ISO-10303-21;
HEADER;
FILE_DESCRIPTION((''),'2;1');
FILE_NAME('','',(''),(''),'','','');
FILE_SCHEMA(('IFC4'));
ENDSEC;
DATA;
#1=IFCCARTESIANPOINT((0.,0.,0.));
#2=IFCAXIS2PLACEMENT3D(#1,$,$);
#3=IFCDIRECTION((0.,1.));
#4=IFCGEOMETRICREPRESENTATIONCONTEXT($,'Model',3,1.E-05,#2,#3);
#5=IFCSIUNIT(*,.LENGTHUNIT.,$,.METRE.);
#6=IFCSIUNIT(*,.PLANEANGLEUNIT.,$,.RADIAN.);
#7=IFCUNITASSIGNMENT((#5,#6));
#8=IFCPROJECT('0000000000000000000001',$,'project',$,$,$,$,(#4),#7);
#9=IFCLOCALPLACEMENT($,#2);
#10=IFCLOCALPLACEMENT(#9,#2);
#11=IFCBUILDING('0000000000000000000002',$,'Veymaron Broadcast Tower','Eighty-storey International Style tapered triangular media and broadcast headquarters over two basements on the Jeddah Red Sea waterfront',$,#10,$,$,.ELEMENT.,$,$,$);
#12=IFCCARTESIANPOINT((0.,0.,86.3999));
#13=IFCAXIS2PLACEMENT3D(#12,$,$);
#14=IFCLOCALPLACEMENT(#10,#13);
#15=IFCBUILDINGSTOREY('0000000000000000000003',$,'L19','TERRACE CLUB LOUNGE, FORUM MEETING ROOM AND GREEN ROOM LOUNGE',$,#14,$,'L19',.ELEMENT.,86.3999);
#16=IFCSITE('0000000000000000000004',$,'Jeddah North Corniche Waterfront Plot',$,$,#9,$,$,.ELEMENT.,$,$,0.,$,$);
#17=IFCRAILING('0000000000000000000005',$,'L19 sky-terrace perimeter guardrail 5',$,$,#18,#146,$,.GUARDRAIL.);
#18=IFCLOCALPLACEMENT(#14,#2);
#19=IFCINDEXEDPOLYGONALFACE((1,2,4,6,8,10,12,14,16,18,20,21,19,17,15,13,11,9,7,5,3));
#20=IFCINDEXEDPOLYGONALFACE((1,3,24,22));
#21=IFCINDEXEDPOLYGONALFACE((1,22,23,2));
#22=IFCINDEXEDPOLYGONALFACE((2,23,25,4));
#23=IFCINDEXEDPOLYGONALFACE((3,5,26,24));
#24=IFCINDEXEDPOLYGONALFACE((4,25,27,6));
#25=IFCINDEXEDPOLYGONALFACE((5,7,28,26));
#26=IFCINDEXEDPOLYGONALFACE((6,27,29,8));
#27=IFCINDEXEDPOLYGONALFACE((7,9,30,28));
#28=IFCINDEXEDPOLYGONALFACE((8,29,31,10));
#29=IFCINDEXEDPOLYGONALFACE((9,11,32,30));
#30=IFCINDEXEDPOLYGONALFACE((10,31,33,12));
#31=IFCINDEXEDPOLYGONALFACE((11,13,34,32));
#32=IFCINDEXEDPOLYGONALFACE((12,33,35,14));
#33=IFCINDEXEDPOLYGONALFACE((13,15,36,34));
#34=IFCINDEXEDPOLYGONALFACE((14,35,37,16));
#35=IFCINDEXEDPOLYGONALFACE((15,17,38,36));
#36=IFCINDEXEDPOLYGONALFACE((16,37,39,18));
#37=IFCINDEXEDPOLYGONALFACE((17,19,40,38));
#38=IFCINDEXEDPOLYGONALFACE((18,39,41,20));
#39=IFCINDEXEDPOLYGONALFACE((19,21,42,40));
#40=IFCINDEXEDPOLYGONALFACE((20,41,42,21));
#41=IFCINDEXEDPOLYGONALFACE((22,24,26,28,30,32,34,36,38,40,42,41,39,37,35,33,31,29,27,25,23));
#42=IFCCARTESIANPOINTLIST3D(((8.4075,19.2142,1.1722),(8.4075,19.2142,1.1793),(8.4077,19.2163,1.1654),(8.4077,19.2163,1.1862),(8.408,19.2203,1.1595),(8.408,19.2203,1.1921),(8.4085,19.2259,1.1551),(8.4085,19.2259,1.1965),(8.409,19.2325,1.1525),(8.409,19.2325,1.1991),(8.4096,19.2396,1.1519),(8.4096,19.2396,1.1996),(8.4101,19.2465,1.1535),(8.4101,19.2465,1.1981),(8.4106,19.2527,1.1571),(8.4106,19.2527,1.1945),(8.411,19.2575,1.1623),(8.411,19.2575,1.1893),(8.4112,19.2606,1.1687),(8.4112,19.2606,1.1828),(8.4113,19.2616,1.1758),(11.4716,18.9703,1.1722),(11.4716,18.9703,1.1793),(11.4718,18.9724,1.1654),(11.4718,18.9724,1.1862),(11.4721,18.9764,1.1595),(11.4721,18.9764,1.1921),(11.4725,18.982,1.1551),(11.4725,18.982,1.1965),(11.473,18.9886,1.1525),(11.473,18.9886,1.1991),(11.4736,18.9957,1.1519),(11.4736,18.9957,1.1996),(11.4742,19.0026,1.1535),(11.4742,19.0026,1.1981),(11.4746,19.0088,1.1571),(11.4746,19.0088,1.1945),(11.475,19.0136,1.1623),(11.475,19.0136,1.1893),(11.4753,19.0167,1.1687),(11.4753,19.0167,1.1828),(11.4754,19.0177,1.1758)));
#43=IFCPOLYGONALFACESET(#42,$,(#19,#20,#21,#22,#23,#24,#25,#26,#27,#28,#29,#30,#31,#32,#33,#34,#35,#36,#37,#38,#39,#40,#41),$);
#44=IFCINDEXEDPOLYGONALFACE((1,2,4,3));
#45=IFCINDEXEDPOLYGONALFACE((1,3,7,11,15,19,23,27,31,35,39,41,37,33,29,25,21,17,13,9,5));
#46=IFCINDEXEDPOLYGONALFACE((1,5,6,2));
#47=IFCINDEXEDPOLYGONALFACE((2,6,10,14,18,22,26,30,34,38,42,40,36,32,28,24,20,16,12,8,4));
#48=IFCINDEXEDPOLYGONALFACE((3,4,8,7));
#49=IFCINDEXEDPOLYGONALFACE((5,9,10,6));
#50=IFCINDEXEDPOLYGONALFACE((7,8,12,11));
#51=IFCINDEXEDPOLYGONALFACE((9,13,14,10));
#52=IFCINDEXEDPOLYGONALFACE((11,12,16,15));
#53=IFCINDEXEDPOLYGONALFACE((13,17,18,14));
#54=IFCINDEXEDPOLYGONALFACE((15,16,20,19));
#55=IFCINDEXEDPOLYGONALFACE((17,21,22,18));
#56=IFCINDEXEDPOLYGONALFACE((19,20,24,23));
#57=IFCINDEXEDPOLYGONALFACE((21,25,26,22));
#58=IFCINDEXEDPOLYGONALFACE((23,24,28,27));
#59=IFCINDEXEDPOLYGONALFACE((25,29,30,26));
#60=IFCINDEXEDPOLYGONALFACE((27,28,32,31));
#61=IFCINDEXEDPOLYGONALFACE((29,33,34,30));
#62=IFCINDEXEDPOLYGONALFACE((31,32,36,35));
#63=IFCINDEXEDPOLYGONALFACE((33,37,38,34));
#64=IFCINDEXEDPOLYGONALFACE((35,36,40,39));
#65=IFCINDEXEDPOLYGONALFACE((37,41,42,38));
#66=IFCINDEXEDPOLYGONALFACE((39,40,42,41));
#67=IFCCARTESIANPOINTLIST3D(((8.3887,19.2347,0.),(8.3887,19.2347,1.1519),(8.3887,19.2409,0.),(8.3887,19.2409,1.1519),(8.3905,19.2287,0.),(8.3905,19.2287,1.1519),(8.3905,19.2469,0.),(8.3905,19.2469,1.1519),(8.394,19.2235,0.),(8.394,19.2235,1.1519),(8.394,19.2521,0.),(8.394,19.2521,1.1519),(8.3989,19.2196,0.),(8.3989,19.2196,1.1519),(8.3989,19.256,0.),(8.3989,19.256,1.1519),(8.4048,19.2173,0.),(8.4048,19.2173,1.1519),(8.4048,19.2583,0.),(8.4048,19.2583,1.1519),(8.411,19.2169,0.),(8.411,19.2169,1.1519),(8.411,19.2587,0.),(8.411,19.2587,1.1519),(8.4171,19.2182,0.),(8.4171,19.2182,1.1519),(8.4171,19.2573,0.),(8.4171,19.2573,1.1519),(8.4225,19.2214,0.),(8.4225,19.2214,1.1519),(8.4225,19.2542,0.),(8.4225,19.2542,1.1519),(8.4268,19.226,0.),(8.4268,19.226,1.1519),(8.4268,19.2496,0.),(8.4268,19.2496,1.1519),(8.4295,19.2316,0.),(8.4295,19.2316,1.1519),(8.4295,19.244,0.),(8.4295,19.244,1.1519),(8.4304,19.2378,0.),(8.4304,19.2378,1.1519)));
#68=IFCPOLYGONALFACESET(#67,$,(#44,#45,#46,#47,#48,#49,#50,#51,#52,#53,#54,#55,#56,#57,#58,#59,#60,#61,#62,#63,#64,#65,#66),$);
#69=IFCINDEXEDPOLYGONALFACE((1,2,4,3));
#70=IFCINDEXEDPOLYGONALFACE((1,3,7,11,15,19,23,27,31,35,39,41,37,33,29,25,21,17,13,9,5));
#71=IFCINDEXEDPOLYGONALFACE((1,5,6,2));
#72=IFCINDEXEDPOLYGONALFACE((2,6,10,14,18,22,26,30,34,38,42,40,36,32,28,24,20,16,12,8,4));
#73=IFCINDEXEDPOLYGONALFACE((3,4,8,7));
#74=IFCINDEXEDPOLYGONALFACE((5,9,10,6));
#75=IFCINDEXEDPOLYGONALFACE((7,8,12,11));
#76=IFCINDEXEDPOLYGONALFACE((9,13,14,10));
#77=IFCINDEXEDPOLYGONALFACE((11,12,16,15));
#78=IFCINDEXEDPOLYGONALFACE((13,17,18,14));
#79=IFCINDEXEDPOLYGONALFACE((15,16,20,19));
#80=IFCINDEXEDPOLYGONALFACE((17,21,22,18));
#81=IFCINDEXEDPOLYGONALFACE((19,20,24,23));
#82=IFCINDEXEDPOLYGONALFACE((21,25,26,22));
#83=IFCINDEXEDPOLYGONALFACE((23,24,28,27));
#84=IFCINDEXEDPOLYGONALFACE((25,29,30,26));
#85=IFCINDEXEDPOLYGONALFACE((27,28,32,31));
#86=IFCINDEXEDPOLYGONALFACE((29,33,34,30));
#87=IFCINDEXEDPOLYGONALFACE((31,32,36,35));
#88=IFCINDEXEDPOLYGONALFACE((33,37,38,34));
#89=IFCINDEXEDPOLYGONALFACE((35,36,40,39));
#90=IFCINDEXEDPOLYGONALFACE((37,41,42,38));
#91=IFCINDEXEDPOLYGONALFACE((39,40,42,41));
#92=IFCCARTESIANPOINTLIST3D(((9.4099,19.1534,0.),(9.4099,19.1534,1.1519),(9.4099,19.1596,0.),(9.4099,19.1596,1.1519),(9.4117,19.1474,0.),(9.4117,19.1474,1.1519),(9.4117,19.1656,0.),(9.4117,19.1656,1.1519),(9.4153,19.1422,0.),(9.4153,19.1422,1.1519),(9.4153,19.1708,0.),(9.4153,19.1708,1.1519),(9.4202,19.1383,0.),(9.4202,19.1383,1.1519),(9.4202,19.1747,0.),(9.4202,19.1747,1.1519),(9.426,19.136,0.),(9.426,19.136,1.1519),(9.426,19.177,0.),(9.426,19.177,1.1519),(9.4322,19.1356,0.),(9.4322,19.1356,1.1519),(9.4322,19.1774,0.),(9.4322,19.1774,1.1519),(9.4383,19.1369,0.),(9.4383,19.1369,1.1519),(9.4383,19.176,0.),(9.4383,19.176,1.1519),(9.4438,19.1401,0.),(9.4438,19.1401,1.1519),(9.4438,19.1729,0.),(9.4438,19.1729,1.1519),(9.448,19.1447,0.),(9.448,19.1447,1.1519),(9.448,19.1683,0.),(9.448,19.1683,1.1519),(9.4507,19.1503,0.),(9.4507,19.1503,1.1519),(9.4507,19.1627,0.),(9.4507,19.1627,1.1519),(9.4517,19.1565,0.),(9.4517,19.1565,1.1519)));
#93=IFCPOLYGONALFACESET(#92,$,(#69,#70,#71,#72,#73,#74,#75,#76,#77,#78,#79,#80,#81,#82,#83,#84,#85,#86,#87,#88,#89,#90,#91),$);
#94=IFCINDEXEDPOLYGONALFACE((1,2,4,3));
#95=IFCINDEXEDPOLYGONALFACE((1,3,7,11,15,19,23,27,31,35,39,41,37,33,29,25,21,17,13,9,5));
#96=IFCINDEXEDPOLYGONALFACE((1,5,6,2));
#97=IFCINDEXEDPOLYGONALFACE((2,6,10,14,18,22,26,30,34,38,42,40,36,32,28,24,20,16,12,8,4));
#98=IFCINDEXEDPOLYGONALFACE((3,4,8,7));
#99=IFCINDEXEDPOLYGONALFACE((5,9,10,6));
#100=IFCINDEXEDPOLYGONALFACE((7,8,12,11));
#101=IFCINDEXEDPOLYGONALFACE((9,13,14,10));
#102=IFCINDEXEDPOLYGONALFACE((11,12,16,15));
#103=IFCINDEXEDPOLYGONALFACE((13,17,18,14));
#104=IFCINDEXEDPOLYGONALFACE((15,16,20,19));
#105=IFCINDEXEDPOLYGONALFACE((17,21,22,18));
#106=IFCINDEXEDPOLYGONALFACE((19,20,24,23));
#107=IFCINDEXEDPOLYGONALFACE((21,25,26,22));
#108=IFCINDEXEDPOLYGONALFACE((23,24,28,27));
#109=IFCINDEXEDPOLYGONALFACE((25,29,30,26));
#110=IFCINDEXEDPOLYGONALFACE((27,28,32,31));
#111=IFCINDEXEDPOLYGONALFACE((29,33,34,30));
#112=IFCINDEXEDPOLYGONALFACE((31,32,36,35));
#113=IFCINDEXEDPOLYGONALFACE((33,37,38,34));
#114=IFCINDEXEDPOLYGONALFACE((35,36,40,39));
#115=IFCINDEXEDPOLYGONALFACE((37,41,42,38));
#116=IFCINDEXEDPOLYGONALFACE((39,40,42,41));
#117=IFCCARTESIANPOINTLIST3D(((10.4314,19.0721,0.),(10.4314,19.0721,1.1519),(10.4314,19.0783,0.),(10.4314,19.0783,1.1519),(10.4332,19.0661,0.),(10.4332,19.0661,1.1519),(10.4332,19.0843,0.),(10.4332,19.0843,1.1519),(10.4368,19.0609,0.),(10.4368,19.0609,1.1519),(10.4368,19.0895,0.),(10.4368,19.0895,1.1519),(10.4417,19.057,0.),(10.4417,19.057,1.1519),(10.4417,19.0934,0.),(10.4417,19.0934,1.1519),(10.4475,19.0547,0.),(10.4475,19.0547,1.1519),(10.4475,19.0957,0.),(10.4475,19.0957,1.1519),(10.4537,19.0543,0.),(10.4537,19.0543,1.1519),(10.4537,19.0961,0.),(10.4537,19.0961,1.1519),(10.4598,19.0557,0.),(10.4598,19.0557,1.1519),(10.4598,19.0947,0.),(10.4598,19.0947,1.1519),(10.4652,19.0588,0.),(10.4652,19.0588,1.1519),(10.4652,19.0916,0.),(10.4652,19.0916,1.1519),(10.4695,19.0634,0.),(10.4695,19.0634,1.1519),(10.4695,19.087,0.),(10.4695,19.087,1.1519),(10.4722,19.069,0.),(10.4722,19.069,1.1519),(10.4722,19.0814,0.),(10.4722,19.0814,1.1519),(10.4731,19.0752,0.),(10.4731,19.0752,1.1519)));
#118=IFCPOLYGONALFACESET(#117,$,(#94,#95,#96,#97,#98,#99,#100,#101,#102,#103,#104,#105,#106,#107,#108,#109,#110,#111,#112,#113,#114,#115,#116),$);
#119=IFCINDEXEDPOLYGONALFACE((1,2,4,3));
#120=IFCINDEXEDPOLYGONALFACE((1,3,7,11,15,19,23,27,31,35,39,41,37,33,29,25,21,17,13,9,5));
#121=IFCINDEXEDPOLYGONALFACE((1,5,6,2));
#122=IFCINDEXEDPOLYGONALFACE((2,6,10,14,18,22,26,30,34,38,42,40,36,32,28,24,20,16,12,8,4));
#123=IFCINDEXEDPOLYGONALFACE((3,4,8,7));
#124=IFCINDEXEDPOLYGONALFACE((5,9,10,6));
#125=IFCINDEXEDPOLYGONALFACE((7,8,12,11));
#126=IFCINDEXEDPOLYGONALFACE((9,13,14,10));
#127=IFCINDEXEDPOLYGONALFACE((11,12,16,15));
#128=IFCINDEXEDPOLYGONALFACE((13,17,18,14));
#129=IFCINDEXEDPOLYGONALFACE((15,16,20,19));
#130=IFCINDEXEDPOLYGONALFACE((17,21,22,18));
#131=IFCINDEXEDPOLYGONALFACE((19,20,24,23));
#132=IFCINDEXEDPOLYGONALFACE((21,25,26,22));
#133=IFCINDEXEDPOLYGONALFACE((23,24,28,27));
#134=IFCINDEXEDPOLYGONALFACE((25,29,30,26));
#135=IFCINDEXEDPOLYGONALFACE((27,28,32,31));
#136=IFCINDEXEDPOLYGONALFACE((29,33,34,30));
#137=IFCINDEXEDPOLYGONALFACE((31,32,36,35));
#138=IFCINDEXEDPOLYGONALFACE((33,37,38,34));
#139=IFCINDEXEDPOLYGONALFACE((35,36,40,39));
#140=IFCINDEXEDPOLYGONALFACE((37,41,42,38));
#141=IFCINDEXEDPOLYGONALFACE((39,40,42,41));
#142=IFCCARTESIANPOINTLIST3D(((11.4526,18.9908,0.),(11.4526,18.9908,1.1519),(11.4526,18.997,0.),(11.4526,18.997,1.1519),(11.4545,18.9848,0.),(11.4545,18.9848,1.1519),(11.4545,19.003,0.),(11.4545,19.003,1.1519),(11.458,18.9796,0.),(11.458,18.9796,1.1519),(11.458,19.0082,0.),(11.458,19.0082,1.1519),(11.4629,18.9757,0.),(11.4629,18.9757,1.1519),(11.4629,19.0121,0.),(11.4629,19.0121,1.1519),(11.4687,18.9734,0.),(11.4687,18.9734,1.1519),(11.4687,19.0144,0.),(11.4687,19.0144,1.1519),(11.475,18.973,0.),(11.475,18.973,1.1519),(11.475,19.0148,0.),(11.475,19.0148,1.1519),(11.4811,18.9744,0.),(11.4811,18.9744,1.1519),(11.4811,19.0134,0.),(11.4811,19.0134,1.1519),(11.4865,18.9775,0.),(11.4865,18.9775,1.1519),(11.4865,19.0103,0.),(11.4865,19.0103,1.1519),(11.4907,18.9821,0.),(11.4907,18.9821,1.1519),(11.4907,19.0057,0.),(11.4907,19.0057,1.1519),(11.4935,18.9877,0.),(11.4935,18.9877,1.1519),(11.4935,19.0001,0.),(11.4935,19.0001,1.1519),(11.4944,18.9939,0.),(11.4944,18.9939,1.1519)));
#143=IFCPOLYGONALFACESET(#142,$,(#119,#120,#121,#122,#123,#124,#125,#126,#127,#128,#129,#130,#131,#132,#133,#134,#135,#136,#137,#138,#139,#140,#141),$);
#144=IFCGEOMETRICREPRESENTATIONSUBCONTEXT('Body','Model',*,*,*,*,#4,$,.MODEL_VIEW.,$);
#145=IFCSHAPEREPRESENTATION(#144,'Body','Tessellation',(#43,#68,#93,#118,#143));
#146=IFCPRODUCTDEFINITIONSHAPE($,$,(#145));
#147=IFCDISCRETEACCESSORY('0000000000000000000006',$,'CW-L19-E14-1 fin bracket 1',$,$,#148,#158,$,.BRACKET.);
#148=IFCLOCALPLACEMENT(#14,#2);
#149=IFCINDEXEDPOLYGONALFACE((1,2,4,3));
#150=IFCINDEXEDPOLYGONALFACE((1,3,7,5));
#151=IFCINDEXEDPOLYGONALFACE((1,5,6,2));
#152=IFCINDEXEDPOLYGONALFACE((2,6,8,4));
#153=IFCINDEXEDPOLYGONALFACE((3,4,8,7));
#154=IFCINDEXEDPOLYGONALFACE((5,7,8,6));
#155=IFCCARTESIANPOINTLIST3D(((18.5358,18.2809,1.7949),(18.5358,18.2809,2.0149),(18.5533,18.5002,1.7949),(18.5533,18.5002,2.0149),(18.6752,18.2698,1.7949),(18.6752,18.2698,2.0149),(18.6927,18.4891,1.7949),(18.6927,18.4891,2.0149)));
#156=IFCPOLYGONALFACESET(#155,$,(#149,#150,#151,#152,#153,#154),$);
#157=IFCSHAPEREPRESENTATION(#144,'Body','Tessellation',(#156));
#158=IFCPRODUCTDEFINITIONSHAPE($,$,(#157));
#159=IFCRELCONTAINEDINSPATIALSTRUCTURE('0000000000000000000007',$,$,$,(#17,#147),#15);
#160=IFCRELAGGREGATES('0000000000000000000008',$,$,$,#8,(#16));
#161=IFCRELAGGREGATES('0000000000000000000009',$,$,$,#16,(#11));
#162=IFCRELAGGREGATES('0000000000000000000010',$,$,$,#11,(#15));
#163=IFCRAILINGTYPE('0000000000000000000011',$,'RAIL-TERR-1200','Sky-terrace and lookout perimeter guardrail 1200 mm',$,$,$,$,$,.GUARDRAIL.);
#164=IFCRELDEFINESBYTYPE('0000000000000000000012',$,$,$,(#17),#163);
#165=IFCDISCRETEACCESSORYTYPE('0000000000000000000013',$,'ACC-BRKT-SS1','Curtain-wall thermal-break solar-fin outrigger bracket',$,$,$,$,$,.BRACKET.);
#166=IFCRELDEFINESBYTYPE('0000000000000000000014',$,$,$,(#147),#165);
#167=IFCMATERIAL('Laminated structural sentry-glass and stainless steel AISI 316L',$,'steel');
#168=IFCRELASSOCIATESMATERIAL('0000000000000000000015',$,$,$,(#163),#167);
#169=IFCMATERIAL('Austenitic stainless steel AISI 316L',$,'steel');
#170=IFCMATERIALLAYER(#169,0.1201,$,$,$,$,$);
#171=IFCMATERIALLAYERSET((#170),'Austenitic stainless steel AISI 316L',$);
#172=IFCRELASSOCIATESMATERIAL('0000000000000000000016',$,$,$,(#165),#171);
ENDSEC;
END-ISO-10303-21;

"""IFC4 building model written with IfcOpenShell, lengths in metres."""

from ifc_helpers import new_model, si_unit, direction, frame, origin, origin_2d, place, context, subcontext, project, spatial, rectangle, circle, extrude, material, layer, layer_set, type_object, element, save


model = new_model("IFC4")

# Units and contexts
model_context = context("Model", 3, precision=1e-05, world=origin(), true_north=direction((0.0, 1.0)))
body_context = subcontext(model_context, "Body", "Model", "MODEL_VIEW")
ifc_project = project(units=[si_unit("LENGTHUNIT", "METRE"), si_unit("PLANEANGLEUNIT", "RADIAN")], contexts=[model_context])

# Site, building, storey
site_placement = place(None, origin())
site = spatial("IfcSite", under=ifc_project, at=site_placement, Name="Jeddah North Corniche Waterfront Plot", CompositionType="ELEMENT", RefElevation=0.0)
building_placement = place(site_placement, origin())
building = spatial("IfcBuilding", under=site, at=building_placement, Name="Veymaron Broadcast Tower", Description="Eighty-storey International Style tapered triangular media and broadcast headquarters over two basements on the Jeddah Red Sea waterfront", CompositionType="ELEMENT")
storey_placement = place(building_placement, frame((0.0, 0.0, 86.3999)))
storey = spatial("IfcBuildingStorey", under=building, at=storey_placement, Name="L19", Description="TERRACE CLUB LOUNGE, FORUM MEETING ROOM AND GREEN ROOM LOUNGE", LongName="L19", CompositionType="ELEMENT", Elevation=86.3999)

# Railing
ifc_material_1 = material(Name="Laminated structural sentry-glass and stainless steel AISI 316L", Category="steel")
railing_type = type_object("IfcRailingType", Name="RAIL-TERR-1200", Description="Sky-terrace and lookout perimeter guardrail 1200 mm", PredefinedType="GUARDRAIL", material=ifc_material_1)
railing_placement = place(storey_placement, frame((8.4094, 19.2378, 0.0)))
element("IfcRailing", 1, at=railing_placement, inside=storey, type_object=railing_type, Name="L19 sky-terrace perimeter guardrail 5", PredefinedType="GUARDRAIL", context=body_context, shape_type="SweptSolid", body=[
    extrude(circle(Radius=0.0239, at=origin_2d()), frame((0.0, 0.0, 1.1758), z_axis=(0.996847, -0.079351, 0.0), x_axis=(0.079351, 0.996847, 0.0)), (0.0, 0.0, 1.0), 3.0737),
    extrude(circle(Radius=0.021, at=origin_2d()), origin(), (0.0, 0.0, 1.0), 1.1519),
    extrude(circle(Radius=0.021, at=origin_2d()), frame((1.0212, -0.0813, 0.0)), (0.0, 0.0, 1.0), 1.1519),
    extrude(circle(Radius=0.021, at=origin_2d()), frame((2.0427, -0.1626, 0.0)), (0.0, 0.0, 1.0), 1.1519),
    extrude(circle(Radius=0.021, at=origin_2d()), frame((3.064, -0.2439, 0.0)), (0.0, 0.0, 1.0), 1.1519),
])

# Discrete accessory
ifc_material_2 = material(Name="Austenitic stainless steel AISI 316L", Category="steel")
ifc_layer_1 = layer(ifc_material_2, 0.1201)
ifc_layer_set_1 = layer_set([ifc_layer_1], Name="Austenitic stainless steel AISI 316L")
discrete_accessory_type = type_object("IfcDiscreteAccessoryType", Name="ACC-BRKT-SS1", Description="Curtain-wall thermal-break solar-fin outrigger bracket", PredefinedType="BRACKET", material=ifc_layer_set_1)
discrete_accessory_placement = place(storey_placement, frame((18.6143, 18.385, 1.7949), z_axis=(0.0, 0.0, 1.0), x_axis=(-0.079416, -0.996842, 0.0)))
element("IfcDiscreteAccessory", 2, at=discrete_accessory_placement, inside=storey, type_object=discrete_accessory_type, Name="CW-L19-E14-1 fin bracket 1", PredefinedType="BRACKET", context=body_context, shape_type="SweptSolid", body=[
    extrude(rectangle(XDim=0.22, YDim=0.1399, at=origin_2d()), origin(), (0.0, 0.0, 1.0), 0.22),
])

save(model, "model.ifc")
